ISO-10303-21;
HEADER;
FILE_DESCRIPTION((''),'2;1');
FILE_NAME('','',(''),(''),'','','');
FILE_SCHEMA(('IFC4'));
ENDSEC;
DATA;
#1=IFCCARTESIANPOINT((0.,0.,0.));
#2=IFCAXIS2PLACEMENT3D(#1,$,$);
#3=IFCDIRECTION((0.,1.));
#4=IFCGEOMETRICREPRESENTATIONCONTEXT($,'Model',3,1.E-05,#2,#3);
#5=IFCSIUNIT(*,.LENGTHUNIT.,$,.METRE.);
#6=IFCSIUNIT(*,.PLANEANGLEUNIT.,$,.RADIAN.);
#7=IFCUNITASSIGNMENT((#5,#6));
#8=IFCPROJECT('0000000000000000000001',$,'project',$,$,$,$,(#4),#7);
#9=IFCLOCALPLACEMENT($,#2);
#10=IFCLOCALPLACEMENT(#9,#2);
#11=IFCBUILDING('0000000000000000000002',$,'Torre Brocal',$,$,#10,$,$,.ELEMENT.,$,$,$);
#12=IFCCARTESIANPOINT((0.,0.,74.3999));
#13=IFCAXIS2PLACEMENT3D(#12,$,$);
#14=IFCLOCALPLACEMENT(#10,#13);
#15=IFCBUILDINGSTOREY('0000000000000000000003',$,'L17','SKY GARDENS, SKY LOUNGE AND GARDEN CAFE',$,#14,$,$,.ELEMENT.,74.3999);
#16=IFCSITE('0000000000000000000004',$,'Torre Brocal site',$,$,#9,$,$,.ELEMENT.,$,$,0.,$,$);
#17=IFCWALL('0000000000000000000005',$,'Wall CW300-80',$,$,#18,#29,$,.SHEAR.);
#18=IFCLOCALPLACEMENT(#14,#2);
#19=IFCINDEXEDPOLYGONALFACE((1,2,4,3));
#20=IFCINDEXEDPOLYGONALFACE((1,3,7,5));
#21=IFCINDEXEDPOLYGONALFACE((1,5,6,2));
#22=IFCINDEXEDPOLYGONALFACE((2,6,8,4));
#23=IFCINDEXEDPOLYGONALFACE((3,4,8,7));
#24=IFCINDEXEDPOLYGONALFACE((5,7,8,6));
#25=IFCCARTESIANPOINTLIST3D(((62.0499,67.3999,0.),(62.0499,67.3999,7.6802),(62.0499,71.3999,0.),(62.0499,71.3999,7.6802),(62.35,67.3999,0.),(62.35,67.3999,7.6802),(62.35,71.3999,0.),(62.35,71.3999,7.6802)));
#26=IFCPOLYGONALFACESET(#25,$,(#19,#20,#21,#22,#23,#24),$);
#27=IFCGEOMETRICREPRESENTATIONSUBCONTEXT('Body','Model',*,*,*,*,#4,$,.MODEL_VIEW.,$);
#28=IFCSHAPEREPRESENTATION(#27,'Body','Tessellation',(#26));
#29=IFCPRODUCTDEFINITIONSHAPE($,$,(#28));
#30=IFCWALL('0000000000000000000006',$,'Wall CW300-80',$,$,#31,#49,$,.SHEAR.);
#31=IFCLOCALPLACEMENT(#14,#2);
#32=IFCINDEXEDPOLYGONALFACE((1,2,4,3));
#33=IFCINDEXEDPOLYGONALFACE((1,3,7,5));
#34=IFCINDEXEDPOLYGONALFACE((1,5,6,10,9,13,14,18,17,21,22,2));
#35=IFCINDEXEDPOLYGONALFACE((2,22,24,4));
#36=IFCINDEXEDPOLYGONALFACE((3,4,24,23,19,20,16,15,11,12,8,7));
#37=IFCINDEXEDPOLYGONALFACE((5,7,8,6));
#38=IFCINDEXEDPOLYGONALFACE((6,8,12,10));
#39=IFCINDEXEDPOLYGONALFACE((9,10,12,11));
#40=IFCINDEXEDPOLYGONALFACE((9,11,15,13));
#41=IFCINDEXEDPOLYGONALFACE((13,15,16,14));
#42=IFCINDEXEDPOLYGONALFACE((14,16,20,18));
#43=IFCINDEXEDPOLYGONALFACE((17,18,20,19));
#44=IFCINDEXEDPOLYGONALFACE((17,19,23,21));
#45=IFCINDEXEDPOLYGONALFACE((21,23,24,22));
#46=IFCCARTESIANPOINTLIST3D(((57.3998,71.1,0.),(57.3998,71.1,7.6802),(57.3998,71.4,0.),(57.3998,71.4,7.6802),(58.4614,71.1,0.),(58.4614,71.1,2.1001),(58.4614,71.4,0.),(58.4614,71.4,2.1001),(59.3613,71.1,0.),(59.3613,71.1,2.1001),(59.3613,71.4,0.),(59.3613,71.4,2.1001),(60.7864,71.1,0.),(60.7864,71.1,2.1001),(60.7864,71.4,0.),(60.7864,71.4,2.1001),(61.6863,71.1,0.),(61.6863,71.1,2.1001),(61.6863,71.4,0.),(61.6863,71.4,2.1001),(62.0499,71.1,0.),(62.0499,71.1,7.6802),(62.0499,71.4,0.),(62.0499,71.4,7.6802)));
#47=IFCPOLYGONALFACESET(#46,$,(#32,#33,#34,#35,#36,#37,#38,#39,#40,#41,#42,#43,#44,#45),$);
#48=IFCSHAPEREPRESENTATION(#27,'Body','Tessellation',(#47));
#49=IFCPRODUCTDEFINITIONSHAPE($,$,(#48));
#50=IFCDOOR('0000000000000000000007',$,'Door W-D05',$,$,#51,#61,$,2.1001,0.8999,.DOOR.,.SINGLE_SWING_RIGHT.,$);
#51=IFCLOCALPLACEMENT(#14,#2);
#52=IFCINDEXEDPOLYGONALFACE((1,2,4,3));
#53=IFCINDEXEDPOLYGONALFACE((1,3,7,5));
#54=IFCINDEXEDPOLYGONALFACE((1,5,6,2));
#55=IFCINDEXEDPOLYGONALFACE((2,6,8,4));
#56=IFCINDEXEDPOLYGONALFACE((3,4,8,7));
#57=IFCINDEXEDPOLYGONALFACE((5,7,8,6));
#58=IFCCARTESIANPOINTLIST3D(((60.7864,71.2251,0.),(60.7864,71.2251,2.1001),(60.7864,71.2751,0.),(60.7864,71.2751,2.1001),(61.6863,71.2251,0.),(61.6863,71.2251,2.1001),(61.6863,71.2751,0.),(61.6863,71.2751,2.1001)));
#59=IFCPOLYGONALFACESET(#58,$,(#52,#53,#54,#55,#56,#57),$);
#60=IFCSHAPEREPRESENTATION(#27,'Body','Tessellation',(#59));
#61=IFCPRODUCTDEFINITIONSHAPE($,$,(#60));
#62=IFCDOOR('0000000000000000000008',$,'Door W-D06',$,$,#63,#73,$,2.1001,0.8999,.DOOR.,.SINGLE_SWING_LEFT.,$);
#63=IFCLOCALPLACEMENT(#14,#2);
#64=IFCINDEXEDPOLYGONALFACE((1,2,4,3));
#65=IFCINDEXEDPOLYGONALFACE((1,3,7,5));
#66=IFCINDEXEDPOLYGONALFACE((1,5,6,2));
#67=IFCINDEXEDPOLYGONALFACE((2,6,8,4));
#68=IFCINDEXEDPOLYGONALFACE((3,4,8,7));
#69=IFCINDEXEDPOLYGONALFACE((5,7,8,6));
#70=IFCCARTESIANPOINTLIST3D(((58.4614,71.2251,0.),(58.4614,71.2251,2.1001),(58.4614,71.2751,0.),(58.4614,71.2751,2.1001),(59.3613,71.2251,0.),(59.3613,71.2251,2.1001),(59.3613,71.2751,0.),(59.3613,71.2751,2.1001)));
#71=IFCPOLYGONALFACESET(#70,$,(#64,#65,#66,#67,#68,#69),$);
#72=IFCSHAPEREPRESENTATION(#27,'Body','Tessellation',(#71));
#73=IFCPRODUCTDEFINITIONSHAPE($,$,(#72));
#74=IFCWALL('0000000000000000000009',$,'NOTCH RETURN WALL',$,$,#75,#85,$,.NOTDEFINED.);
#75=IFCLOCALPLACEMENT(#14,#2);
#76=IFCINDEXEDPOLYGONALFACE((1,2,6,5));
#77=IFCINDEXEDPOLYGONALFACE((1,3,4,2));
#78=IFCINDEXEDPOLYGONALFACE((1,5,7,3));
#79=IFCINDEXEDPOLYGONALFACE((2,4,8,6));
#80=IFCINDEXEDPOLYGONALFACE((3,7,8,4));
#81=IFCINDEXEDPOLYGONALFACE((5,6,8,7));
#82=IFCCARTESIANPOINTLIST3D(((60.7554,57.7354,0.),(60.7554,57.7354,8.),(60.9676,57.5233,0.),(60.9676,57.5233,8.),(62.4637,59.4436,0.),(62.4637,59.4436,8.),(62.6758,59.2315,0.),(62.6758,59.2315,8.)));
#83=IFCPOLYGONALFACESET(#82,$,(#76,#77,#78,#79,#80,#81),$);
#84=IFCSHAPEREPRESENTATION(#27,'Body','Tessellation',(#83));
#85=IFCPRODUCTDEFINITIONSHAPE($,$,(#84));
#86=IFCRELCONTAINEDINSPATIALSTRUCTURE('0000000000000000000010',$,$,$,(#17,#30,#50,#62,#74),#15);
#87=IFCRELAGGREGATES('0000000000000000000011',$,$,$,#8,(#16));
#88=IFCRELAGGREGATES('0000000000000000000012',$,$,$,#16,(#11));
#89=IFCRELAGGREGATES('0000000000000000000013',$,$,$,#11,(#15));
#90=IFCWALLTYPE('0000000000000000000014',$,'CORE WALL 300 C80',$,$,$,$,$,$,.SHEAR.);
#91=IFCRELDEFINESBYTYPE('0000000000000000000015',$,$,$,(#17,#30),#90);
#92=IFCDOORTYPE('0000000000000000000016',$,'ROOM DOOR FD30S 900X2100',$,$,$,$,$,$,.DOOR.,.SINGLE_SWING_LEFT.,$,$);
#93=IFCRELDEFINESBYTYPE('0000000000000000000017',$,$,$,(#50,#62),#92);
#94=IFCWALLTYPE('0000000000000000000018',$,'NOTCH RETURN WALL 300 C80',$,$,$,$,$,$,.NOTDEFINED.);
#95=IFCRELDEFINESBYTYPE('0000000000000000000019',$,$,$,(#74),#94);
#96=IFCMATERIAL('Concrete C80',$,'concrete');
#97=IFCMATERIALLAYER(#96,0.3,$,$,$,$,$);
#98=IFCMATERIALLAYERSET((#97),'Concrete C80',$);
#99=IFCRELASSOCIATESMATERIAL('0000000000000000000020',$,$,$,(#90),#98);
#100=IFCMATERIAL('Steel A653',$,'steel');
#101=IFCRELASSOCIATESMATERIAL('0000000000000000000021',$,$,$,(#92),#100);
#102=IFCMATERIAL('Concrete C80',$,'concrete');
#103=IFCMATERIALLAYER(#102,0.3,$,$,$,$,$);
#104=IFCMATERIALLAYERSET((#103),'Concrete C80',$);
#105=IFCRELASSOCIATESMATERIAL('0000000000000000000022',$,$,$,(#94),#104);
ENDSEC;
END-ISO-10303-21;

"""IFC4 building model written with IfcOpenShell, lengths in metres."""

from ifc_helpers import new_model, si_unit, direction, frame, frame_2d, origin, place, context, subcontext, project, spatial, rectangle, extrude, material, layer, layer_set, type_object, element, fill, save


model = new_model("IFC4")

# Units and contexts
model_context = context("Model", 3, precision=1e-05, world=origin(), true_north=direction((0.0, 1.0)))
body_context = subcontext(model_context, "Body", "Model", "MODEL_VIEW")
ifc_project = project(units=[si_unit("LENGTHUNIT", "METRE"), si_unit("PLANEANGLEUNIT", "RADIAN")], contexts=[model_context])

# Site, building, storey
site_placement = place(None, origin())
site = spatial("IfcSite", under=ifc_project, at=site_placement, Name="Torre Brocal site", CompositionType="ELEMENT", RefElevation=0.0)
building_placement = place(site_placement, origin())
building = spatial("IfcBuilding", under=site, at=building_placement, Name="Torre Brocal", CompositionType="ELEMENT")
storey_placement = place(building_placement, frame((0.0, 0.0, 74.3999)))
storey = spatial("IfcBuildingStorey", under=building, at=storey_placement, Name="L17", Description="SKY GARDENS, SKY LOUNGE AND GARDEN CAFE", CompositionType="ELEMENT", Elevation=74.3999)

# Wall
ifc_material_1 = material(Name="Concrete C80", Category="concrete")
ifc_layer_1 = layer(ifc_material_1, 0.3)
ifc_layer_set_1 = layer_set([ifc_layer_1], Name="Concrete C80")
wall_type_1 = type_object("IfcWallType", Name="CORE WALL 300 C80", PredefinedType="SHEAR", material=ifc_layer_set_1)
wall_1_placement = place(storey_placement, frame((62.2, 71.3999, 0.0), z_axis=(0.0, 0.0, 1.0), x_axis=(0.0, -1.0, 0.0)))
element("IfcWall", 1, at=wall_1_placement, inside=storey, type_object=wall_type_1, Name="Wall CW300-80", PredefinedType="SHEAR", context=body_context, shape_type="SweptSolid", body=[
    extrude(rectangle(XDim=4.0, YDim=0.3, at=frame_2d((2.0, 0.0))), origin(), (0.0, 0.0, 1.0), 7.6802),
])

# Wall, openings, doors
wall_2_placement = place(storey_placement, frame((62.05, 71.25, 0.0), z_axis=(0.0, 0.0, 1.0), x_axis=(-1.0, 0.0, 0.0)))
wall_2 = element("IfcWall", 2, at=wall_2_placement, inside=storey, type_object=wall_type_1, Name="Wall CW300-80", PredefinedType="SHEAR", context=body_context, shape_type="SweptSolid", body=[
    extrude(rectangle(XDim=4.6501, YDim=0.3, at=frame_2d((2.3252, 0.0))), origin(), (0.0, 0.0, 1.0), 7.6802),
])
opening_1_placement = place(wall_2_placement, frame((0.3638, 0.0, 0.0)))
opening_1 = element("IfcOpeningElement", 3, at=opening_1_placement, cuts=wall_2, PredefinedType="OPENING", context=body_context, shape_type="SweptSolid", body=[
    extrude(rectangle(XDim=0.8999, YDim=2.1001, at=frame_2d((0.45, 1.05))), frame((0.0, 0.1599, 0.0), z_axis=(0.0, -1.0, 0.0), x_axis=(1.0, 0.0, 0.0)), (0.0, 0.0, 1.0), 0.3201),
])
opening_2_placement = place(wall_2_placement, frame((2.6887, 0.0, 0.0)))
opening_2 = element("IfcOpeningElement", 4, at=opening_2_placement, cuts=wall_2, PredefinedType="OPENING", context=body_context, shape_type="SweptSolid", body=[
    extrude(rectangle(XDim=0.8999, YDim=2.1001, at=frame_2d((0.45, 1.05))), frame((0.0, 0.1599, 0.0), z_axis=(0.0, -1.0, 0.0), x_axis=(1.0, 0.0, 0.0)), (0.0, 0.0, 1.0), 0.3201),
])
ifc_material_2 = material(Name="Steel A653", Category="steel")
door_type_1 = type_object("IfcDoorType", Name="ROOM DOOR FD30S 900X2100", OperationType="SINGLE_SWING_LEFT", PredefinedType="DOOR", material=ifc_material_2)
door_1_placement = place(opening_1_placement, origin())
door_1 = element("IfcDoor", 5, at=door_1_placement, inside=storey, type_object=door_type_1, Name="Door W-D05", OperationType="SINGLE_SWING_RIGHT", OverallHeight=2.1001, OverallWidth=0.8999, PredefinedType="DOOR", context=body_context, shape_type="SweptSolid", body=[
    extrude(rectangle(XDim=0.8999, YDim=2.1001, at=frame_2d((0.45, 1.05))), frame((0.0, 0.0249, 0.0), z_axis=(0.0, -1.0, 0.0), x_axis=(1.0, 0.0, 0.0)), (0.0, 0.0, 1.0), 0.05),
])
fill(opening_1, door_1)
door_2_placement = place(opening_2_placement, origin())
door_2 = element("IfcDoor", 6, at=door_2_placement, inside=storey, type_object=door_type_1, Name="Door W-D06", OperationType="SINGLE_SWING_LEFT", OverallHeight=2.1001, OverallWidth=0.8999, PredefinedType="DOOR", context=body_context, shape_type="SweptSolid", body=[
    extrude(rectangle(XDim=0.8999, YDim=2.1001, at=frame_2d((0.45, 1.05))), frame((0.0, 0.0249, 0.0), z_axis=(0.0, -1.0, 0.0), x_axis=(1.0, 0.0, 0.0)), (0.0, 0.0, 1.0), 0.05),
])
fill(opening_2, door_2)

# Wall
ifc_material_3 = material(Name="Concrete C80", Category="concrete")
ifc_layer_2 = layer(ifc_material_3, 0.3)
ifc_layer_set_2 = layer_set([ifc_layer_2], Name="Concrete C80")
wall_type_2 = type_object("IfcWallType", Name="NOTCH RETURN WALL 300 C80", PredefinedType="NOTDEFINED", material=ifc_layer_set_2)
wall_3_placement = place(storey_placement, frame((62.5698, 59.3376, 0.0), z_axis=(0.0, 0.0, 1.0), x_axis=(-0.707107, -0.707107, 0.0)))
element("IfcWall", 7, at=wall_3_placement, inside=storey, type_object=wall_type_2, Name="NOTCH RETURN WALL", PredefinedType="NOTDEFINED", context=body_context, shape_type="SweptSolid", body=[
    extrude(rectangle(XDim=2.4158, YDim=0.3, at=frame_2d((1.208, 0.0))), origin(), (0.0, 0.0, 1.0), 8.0),
])

save(model, "model.ifc")
